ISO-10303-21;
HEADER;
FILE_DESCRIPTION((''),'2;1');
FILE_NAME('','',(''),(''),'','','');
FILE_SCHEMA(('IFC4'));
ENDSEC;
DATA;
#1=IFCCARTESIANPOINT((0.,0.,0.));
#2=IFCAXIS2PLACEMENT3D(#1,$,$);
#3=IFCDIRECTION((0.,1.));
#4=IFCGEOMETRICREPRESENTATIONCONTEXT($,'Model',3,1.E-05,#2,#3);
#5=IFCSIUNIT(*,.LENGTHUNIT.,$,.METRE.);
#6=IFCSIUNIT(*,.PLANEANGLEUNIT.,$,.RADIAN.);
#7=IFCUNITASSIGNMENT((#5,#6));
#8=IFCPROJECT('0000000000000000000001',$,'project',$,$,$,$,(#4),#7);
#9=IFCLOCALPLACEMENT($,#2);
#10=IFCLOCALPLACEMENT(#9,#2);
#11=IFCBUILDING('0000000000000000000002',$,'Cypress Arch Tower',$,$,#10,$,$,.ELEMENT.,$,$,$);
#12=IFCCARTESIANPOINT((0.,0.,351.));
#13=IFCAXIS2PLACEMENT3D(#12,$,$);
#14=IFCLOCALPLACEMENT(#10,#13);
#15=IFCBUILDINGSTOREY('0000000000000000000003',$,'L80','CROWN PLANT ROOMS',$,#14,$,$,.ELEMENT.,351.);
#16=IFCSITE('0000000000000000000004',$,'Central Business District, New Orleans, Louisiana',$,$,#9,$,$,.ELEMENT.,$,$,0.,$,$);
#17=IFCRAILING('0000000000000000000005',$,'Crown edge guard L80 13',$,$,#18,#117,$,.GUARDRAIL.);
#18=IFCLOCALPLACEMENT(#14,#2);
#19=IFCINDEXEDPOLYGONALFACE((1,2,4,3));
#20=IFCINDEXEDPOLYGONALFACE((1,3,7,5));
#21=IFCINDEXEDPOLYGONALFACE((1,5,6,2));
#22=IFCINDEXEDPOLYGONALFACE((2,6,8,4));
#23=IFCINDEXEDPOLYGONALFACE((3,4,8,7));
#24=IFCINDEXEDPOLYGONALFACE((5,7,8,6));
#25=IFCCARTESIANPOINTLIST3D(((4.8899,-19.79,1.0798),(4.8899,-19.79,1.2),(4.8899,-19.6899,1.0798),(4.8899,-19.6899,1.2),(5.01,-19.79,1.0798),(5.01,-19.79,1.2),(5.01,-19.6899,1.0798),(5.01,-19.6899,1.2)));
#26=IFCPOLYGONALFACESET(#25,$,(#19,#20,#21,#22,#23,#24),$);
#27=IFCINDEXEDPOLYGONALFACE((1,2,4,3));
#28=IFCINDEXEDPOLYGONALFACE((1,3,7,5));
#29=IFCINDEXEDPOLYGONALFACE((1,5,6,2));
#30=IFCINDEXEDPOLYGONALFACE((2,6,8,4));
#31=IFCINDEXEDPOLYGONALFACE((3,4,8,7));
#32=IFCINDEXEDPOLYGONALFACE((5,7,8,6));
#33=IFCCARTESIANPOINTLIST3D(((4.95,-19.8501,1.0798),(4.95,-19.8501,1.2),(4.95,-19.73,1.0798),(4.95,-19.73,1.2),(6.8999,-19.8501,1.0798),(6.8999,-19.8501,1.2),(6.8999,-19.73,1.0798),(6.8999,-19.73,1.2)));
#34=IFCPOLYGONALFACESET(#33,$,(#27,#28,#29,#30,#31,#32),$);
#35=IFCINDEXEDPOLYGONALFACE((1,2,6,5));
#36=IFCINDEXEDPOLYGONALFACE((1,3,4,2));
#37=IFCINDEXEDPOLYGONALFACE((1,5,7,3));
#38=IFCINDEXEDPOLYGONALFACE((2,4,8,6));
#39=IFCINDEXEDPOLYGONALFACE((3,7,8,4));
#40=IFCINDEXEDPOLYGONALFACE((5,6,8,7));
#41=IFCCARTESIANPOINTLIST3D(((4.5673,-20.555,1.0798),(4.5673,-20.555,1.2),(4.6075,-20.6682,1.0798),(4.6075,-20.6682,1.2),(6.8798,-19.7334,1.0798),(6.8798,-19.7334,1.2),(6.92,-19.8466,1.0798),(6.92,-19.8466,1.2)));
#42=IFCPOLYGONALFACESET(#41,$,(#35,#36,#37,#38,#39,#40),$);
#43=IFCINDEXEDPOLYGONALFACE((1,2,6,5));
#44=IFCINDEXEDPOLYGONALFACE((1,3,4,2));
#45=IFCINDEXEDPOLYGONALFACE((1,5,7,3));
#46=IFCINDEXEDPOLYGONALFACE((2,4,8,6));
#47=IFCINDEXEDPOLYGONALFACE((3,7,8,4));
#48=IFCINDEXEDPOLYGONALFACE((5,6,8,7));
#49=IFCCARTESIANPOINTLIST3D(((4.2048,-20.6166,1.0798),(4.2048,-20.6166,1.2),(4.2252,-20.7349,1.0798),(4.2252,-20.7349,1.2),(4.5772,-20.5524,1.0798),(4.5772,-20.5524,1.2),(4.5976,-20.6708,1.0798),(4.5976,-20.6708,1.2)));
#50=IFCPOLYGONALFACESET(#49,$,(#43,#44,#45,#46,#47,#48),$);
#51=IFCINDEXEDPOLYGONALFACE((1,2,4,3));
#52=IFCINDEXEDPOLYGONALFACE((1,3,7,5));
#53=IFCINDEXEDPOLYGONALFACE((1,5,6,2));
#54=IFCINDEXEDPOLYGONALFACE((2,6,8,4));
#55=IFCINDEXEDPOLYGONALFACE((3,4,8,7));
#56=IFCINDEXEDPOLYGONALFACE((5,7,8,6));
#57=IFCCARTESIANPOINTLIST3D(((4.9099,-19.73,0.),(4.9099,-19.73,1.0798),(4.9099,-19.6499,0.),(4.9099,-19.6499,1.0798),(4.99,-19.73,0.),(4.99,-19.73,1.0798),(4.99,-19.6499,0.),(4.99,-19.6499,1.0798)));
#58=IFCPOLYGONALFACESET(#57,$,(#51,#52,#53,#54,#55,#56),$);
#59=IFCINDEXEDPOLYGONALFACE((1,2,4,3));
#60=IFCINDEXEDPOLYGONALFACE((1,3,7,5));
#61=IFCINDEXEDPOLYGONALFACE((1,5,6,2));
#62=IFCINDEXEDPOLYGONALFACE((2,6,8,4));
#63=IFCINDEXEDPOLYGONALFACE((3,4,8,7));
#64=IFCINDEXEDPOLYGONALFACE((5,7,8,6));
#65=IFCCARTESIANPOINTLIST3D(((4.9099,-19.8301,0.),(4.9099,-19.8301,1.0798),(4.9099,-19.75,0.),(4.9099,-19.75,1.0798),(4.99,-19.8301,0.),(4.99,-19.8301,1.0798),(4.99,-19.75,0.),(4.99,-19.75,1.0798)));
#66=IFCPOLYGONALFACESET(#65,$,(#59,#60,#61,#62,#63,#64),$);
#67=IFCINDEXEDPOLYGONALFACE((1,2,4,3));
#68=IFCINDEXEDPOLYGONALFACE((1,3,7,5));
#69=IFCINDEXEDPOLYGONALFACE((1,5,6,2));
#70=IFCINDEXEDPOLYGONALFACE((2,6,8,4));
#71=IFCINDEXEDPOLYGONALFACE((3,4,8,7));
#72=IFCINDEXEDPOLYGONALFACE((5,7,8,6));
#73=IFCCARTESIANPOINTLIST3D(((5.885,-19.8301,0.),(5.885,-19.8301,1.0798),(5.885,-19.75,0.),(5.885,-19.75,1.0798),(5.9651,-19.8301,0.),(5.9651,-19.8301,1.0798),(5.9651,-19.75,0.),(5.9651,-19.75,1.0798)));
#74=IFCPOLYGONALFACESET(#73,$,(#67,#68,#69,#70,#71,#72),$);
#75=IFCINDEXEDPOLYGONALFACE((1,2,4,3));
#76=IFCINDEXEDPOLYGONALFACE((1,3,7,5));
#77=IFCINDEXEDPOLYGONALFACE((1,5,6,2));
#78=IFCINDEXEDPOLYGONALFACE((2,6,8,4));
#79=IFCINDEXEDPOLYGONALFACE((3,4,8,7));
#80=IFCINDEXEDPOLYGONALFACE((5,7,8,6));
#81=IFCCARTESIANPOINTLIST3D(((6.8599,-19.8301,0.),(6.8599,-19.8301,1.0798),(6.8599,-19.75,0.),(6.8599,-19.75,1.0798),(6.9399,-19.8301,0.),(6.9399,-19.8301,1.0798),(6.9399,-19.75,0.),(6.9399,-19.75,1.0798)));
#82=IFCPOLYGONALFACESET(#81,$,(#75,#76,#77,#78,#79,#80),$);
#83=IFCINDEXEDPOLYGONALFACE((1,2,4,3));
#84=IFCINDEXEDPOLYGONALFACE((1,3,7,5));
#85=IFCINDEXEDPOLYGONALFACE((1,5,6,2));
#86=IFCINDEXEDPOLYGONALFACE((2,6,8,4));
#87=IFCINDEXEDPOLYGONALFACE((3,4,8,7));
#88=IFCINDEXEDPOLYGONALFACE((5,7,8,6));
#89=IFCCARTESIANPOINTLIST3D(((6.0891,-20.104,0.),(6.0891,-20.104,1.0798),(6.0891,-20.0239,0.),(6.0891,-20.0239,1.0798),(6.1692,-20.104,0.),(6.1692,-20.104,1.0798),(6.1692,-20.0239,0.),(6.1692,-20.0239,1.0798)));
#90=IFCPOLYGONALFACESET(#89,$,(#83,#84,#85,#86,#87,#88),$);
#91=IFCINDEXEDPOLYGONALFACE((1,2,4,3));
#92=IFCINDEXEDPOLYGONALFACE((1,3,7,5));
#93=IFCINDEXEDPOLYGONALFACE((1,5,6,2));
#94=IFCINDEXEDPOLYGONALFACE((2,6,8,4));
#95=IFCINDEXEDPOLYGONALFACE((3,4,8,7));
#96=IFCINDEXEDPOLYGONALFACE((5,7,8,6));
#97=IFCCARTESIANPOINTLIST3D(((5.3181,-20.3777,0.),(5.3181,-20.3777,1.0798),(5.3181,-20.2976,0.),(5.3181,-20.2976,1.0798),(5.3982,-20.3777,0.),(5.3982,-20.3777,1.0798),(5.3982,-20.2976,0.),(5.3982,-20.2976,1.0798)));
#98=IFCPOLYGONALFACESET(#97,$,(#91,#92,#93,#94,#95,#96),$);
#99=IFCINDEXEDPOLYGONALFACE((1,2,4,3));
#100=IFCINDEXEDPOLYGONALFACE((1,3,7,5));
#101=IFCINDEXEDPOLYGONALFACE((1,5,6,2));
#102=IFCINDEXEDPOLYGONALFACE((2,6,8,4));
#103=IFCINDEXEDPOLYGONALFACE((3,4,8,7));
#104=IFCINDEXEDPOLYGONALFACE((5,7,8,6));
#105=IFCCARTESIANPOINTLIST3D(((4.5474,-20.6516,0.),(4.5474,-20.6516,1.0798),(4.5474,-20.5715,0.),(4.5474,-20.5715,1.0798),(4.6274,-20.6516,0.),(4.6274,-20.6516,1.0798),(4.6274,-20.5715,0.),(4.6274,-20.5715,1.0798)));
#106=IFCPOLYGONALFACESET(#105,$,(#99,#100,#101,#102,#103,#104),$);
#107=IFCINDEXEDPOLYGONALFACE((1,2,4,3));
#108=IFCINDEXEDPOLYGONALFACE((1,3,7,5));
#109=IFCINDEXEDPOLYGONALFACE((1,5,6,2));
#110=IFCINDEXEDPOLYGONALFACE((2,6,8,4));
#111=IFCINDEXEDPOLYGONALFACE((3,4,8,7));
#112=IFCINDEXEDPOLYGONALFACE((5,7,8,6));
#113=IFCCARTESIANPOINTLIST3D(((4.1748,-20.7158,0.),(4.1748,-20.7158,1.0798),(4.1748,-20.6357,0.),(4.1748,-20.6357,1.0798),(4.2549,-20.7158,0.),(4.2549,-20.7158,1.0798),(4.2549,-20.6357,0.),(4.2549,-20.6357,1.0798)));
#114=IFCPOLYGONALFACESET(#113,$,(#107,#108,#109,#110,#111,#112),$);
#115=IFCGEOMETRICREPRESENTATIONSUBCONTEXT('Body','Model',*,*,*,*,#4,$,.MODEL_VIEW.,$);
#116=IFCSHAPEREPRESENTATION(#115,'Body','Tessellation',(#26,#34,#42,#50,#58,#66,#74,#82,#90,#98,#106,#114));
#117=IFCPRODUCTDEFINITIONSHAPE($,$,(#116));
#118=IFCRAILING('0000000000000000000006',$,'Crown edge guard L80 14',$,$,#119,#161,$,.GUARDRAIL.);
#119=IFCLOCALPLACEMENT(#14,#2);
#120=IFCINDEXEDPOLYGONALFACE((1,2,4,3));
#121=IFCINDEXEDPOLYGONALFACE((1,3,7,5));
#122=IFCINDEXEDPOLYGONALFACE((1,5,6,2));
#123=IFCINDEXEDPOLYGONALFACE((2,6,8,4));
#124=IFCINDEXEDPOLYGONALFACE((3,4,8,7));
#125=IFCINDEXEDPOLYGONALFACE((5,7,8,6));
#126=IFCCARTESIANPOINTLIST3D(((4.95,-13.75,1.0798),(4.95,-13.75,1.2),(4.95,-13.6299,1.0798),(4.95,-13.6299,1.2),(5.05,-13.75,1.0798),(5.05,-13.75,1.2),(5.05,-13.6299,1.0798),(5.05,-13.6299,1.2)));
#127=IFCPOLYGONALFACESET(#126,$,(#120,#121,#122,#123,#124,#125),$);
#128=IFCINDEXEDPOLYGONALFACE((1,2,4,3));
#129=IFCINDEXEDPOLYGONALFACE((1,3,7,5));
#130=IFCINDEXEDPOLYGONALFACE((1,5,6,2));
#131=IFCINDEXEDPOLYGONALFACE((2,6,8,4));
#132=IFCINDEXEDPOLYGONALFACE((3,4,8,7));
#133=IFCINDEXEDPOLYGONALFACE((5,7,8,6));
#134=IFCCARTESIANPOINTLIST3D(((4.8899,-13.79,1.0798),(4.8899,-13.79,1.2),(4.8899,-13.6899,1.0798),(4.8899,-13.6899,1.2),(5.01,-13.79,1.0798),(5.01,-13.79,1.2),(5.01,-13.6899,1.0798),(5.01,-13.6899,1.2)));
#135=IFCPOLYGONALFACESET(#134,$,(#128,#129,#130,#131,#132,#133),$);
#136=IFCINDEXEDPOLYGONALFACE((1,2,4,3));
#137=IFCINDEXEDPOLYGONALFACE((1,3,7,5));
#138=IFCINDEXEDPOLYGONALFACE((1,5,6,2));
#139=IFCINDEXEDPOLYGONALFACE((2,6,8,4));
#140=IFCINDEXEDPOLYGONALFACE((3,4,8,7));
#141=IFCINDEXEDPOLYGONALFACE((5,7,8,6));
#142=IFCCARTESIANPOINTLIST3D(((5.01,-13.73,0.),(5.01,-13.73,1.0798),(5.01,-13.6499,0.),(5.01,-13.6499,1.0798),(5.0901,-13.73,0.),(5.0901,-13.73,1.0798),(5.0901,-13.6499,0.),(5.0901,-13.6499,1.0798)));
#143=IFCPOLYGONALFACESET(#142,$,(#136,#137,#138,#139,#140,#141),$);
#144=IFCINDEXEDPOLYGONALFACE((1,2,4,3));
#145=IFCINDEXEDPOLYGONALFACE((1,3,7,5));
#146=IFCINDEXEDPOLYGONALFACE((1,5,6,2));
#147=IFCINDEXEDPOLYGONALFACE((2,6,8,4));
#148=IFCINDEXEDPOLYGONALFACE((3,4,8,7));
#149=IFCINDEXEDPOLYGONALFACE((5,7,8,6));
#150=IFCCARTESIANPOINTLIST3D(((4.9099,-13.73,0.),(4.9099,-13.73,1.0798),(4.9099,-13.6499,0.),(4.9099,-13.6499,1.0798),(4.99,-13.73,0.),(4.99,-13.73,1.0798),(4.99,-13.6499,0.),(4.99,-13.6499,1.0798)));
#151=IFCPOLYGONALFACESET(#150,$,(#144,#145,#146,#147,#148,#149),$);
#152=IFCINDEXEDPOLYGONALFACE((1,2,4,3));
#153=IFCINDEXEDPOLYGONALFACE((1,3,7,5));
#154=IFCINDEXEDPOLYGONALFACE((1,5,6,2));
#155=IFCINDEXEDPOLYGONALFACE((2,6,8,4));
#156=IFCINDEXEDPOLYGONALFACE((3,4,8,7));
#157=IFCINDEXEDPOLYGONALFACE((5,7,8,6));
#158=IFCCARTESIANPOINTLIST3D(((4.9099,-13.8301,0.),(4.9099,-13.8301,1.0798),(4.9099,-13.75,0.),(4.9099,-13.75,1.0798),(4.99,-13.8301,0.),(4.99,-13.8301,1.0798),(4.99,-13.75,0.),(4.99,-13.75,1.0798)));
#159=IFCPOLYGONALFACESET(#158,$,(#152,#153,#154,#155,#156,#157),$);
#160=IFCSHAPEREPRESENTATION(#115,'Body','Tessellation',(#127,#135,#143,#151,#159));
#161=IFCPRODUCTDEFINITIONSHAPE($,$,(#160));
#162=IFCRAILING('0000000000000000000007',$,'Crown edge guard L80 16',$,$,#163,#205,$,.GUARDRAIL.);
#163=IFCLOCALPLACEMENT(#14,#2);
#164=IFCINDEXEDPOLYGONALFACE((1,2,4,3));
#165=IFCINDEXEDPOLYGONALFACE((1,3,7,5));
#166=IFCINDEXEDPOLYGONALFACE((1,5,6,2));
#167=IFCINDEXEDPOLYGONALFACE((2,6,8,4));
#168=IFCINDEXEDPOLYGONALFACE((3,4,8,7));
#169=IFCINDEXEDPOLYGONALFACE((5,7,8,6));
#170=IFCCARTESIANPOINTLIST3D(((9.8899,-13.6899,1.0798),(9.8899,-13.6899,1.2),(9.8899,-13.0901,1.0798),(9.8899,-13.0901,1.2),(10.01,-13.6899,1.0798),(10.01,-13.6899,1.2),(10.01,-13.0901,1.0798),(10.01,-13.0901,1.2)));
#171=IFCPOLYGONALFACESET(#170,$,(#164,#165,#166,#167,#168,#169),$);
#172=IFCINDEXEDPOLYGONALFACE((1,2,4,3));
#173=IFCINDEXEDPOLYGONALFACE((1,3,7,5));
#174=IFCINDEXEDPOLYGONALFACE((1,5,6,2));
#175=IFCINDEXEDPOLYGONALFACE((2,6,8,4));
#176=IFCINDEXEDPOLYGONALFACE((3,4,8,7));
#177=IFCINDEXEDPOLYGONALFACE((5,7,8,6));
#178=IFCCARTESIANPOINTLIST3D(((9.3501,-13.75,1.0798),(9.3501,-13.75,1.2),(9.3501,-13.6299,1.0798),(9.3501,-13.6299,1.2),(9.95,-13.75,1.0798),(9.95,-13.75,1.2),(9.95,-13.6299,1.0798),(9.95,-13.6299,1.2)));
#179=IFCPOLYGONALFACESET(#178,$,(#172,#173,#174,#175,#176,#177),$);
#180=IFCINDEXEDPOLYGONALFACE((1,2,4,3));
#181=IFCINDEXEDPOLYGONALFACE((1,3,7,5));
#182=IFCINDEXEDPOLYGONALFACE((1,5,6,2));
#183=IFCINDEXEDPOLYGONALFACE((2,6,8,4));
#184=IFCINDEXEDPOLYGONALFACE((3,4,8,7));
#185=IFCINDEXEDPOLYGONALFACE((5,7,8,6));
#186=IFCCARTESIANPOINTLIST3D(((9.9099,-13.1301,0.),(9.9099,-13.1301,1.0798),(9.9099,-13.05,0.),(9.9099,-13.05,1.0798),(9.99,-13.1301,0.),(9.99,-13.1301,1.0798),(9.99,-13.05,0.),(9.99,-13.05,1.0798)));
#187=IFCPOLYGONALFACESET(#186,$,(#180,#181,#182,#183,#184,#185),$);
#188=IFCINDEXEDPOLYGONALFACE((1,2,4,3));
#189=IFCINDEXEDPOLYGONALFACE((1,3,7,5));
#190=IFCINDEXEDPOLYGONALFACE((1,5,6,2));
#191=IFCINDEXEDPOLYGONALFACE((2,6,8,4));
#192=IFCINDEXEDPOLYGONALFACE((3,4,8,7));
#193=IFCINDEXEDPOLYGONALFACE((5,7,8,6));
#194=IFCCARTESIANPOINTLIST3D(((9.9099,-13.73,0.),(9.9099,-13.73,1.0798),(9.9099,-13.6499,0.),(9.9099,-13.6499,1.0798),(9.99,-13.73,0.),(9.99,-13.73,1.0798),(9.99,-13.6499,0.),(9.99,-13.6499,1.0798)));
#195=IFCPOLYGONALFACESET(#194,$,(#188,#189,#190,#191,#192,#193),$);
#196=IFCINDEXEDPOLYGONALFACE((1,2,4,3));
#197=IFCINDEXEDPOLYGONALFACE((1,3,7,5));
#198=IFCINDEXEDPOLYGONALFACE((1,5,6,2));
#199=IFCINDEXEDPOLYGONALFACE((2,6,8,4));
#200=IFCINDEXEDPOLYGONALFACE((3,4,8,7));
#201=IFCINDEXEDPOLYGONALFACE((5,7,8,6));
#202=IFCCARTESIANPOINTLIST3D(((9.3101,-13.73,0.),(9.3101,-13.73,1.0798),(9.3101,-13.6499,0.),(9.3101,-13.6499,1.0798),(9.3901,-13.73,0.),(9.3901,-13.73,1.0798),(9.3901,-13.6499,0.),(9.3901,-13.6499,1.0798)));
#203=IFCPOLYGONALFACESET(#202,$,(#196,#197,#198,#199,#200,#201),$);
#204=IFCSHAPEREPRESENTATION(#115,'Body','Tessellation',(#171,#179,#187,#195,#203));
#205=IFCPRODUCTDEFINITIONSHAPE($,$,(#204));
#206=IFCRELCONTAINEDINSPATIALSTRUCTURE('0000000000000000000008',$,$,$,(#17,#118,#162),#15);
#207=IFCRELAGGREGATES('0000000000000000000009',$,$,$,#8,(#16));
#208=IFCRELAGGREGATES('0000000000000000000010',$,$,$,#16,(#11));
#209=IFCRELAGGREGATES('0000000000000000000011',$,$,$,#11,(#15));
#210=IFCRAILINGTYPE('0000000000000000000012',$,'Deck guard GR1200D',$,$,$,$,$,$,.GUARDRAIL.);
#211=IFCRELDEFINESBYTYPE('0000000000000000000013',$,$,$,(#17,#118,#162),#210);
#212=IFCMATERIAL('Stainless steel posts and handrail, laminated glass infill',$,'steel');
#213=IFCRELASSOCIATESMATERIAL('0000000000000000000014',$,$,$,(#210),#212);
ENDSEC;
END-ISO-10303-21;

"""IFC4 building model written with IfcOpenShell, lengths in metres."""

from ifc_helpers import new_model, si_unit, direction, frame, origin, origin_2d, place, context, subcontext, project, spatial, rectangle, extrude, material, type_object, element, save


model = new_model("IFC4")

# Units and contexts
model_context = context("Model", 3, precision=1e-05, world=origin(), true_north=direction((0.0, 1.0)))
body_context = subcontext(model_context, "Body", "Model", "MODEL_VIEW")
ifc_project = project(units=[si_unit("LENGTHUNIT", "METRE"), si_unit("PLANEANGLEUNIT", "RADIAN")], contexts=[model_context])

# Site, building, storey
site_placement = place(None, origin())
site = spatial("IfcSite", under=ifc_project, at=site_placement, Name="Central Business District, New Orleans, Louisiana", CompositionType="ELEMENT", RefElevation=0.0)
building_placement = place(site_placement, origin())
building = spatial("IfcBuilding", under=site, at=building_placement, Name="Cypress Arch Tower", CompositionType="ELEMENT")
storey_placement = place(building_placement, frame((0.0, 0.0, 351.0)))
storey = spatial("IfcBuildingStorey", under=building, at=storey_placement, Name="L80", Description="CROWN PLANT ROOMS", CompositionType="ELEMENT", Elevation=351.0)

# Railings
ifc_material_1 = material(Name="Stainless steel posts and handrail, laminated glass infill", Category="steel")
railing_type_1 = type_object("IfcRailingType", Name="Deck guard GR1200D", PredefinedType="GUARDRAIL", material=ifc_material_1)
railing_1_placement = place(storey_placement, frame((4.95, -19.6899, 0.0)))
element("IfcRailing", 1, at=railing_1_placement, inside=storey, type_object=railing_type_1, Name="Crown edge guard L80 13", PredefinedType="GUARDRAIL", context=body_context, shape_type="SweptSolid", body=[
    extrude(rectangle(XDim=0.1201, YDim=0.1201, at=origin_2d()), frame((0.0, 0.0, 1.1399), z_axis=(0.0, -1.0, 0.0), x_axis=(1.0, 0.0, 0.0)), (0.0, 0.0, 1.0), 0.1001),
    extrude(rectangle(XDim=0.1201, YDim=0.1201, at=origin_2d()), frame((0.0, -0.1001, 1.1399), z_axis=(1.0, 0.0, 0.0), x_axis=(0.0, 1.0, 0.0)), (0.0, 0.0, 1.0), 1.95),
    extrude(rectangle(XDim=0.1201, YDim=0.1201, at=origin_2d()), frame((1.95, -0.1001, 1.1399), z_axis=(-0.942303, -0.33476, 0.0), x_axis=(0.33476, -0.942303, 0.0)), (0.0, 0.0, 1.0), 2.4541),
    extrude(rectangle(XDim=0.1201, YDim=0.1201, at=origin_2d()), frame((-0.3625, -0.9216, 1.1399), z_axis=(-0.985471, -0.169842, 0.0), x_axis=(0.169842, -0.985471, 0.0)), (0.0, 0.0, 1.0), 0.3779),
    extrude(rectangle(XDim=0.0801, YDim=0.0801, at=origin_2d()), origin(), (0.0, 0.0, 1.0), 1.0798),
    extrude(rectangle(XDim=0.0801, YDim=0.0801, at=origin_2d()), frame((0.0, -0.1001, 0.0)), (0.0, 0.0, 1.0), 1.0798),
    extrude(rectangle(XDim=0.0801, YDim=0.0801, at=origin_2d()), frame((0.9751, -0.1001, 0.0)), (0.0, 0.0, 1.0), 1.0798),
    extrude(rectangle(XDim=0.0801, YDim=0.0801, at=origin_2d()), frame((1.95, -0.1001, 0.0)), (0.0, 0.0, 1.0), 1.0798),
    extrude(rectangle(XDim=0.0801, YDim=0.0801, at=origin_2d()), frame((1.1792, -0.374, 0.0)), (0.0, 0.0, 1.0), 1.0798),
    extrude(rectangle(XDim=0.0801, YDim=0.0801, at=origin_2d()), frame((0.4082, -0.6477, 0.0)), (0.0, 0.0, 1.0), 1.0798),
    extrude(rectangle(XDim=0.0801, YDim=0.0801, at=origin_2d()), frame((-0.3625, -0.9216, 0.0)), (0.0, 0.0, 1.0), 1.0798),
    extrude(rectangle(XDim=0.0801, YDim=0.0801, at=origin_2d()), frame((-0.7351, -0.9858, 0.0)), (0.0, 0.0, 1.0), 1.0798),
])
railing_2_placement = place(storey_placement, frame((5.05, -13.6899, 0.0)))
element("IfcRailing", 2, at=railing_2_placement, inside=storey, type_object=railing_type_1, Name="Crown edge guard L80 14", PredefinedType="GUARDRAIL", context=body_context, shape_type="SweptSolid", body=[
    extrude(rectangle(XDim=0.1201, YDim=0.1201, at=origin_2d()), frame((0.0, 0.0, 1.1399), z_axis=(-1.0, 0.0, 0.0), x_axis=(0.0, -1.0, 0.0)), (0.0, 0.0, 1.0), 0.1001),
    extrude(rectangle(XDim=0.1201, YDim=0.1201, at=origin_2d()), frame((-0.1001, 0.0, 1.1399), z_axis=(0.0, -1.0, 0.0), x_axis=(1.0, 0.0, 0.0)), (0.0, 0.0, 1.0), 0.1001),
    extrude(rectangle(XDim=0.0801, YDim=0.0801, at=origin_2d()), origin(), (0.0, 0.0, 1.0), 1.0798),
    extrude(rectangle(XDim=0.0801, YDim=0.0801, at=origin_2d()), frame((-0.1001, 0.0, 0.0)), (0.0, 0.0, 1.0), 1.0798),
    extrude(rectangle(XDim=0.0801, YDim=0.0801, at=origin_2d()), frame((-0.1001, -0.1001, 0.0)), (0.0, 0.0, 1.0), 1.0798),
])
railing_3_placement = place(storey_placement, frame((9.95, -13.0901, 0.0)))
element("IfcRailing", 3, at=railing_3_placement, inside=storey, type_object=railing_type_1, Name="Crown edge guard L80 16", PredefinedType="GUARDRAIL", context=body_context, shape_type="SweptSolid", body=[
    extrude(rectangle(XDim=0.1201, YDim=0.1201, at=origin_2d()), frame((0.0, 0.0, 1.1399), z_axis=(0.0, -1.0, 0.0), x_axis=(1.0, 0.0, 0.0)), (0.0, 0.0, 1.0), 0.5999),
    extrude(rectangle(XDim=0.1201, YDim=0.1201, at=origin_2d()), frame((0.0, -0.5999, 1.1399), z_axis=(-1.0, 0.0, 0.0), x_axis=(0.0, -1.0, 0.0)), (0.0, 0.0, 1.0), 0.5999),
    extrude(rectangle(XDim=0.0801, YDim=0.0801, at=origin_2d()), origin(), (0.0, 0.0, 1.0), 1.0798),
    extrude(rectangle(XDim=0.0801, YDim=0.0801, at=origin_2d()), frame((0.0, -0.5999, 0.0)), (0.0, 0.0, 1.0), 1.0798),
    extrude(rectangle(XDim=0.0801, YDim=0.0801, at=origin_2d()), frame((-0.5999, -0.5999, 0.0)), (0.0, 0.0, 1.0), 1.0798),
])

save(model, "model.ifc")
